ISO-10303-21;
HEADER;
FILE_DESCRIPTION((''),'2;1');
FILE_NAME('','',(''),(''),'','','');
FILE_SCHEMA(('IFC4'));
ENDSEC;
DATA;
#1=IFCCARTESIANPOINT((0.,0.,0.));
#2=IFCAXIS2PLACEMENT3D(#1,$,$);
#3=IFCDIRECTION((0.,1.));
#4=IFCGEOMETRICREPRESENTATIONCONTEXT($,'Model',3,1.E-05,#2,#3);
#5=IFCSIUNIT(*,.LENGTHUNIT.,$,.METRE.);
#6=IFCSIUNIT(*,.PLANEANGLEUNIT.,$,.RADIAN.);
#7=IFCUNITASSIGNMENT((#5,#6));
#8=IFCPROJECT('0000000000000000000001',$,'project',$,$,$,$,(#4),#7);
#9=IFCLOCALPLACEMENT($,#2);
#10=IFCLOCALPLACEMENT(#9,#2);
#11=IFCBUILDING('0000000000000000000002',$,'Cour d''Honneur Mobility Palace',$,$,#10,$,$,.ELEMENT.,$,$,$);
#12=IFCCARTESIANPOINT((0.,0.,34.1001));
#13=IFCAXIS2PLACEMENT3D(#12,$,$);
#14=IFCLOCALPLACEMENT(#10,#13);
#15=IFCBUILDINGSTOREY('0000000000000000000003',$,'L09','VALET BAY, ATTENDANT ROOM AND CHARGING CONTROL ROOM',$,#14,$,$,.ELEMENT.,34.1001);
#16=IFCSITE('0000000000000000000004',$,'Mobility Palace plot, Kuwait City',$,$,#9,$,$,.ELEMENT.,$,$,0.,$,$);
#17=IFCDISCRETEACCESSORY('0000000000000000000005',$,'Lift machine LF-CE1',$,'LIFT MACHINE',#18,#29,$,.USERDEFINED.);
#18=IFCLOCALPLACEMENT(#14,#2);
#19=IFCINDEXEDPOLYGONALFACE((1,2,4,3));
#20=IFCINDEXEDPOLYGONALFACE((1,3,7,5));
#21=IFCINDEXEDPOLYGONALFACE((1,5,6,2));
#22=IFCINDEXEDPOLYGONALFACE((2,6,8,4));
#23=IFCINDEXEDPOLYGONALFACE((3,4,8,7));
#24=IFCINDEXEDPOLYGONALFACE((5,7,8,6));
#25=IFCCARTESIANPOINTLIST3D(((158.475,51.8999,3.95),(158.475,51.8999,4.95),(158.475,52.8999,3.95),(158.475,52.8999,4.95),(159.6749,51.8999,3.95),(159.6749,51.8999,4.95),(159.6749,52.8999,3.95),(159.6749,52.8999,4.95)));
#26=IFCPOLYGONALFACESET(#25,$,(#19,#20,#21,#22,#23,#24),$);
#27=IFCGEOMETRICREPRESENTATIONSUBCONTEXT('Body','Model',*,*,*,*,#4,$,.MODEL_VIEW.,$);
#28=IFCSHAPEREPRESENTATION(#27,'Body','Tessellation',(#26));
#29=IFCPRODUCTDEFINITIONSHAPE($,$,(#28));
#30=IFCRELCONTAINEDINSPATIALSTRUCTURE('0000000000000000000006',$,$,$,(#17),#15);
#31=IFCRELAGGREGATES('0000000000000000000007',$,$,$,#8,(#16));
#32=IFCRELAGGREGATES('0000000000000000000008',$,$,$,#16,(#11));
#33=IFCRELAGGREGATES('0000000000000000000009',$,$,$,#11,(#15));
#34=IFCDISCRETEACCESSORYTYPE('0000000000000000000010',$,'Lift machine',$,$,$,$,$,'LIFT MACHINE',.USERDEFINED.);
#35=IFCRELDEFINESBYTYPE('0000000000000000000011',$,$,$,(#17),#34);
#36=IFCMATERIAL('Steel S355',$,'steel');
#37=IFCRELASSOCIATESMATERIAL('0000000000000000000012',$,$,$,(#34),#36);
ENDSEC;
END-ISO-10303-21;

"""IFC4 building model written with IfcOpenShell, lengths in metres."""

from ifc_helpers import new_model, si_unit, direction, frame, origin, origin_2d, place, context, subcontext, project, spatial, rectangle, extrude, material, type_object, element, save


model = new_model("IFC4")

# Units and contexts
model_context = context("Model", 3, precision=1e-05, world=origin(), true_north=direction((0.0, 1.0)))
body_context = subcontext(model_context, "Body", "Model", "MODEL_VIEW")
ifc_project = project(units=[si_unit("LENGTHUNIT", "METRE"), si_unit("PLANEANGLEUNIT", "RADIAN")], contexts=[model_context])

# Site, building, storey
site_placement = place(None, origin())
site = spatial("IfcSite", under=ifc_project, at=site_placement, Name="Mobility Palace plot, Kuwait City", CompositionType="ELEMENT", RefElevation=0.0)
building_placement = place(site_placement, origin())
building = spatial("IfcBuilding", under=site, at=building_placement, Name="Cour d'Honneur Mobility Palace", CompositionType="ELEMENT")
storey_placement = place(building_placement, frame((0.0, 0.0, 34.1001)))
storey = spatial("IfcBuildingStorey", under=building, at=storey_placement, Name="L09", Description="VALET BAY, ATTENDANT ROOM AND CHARGING CONTROL ROOM", CompositionType="ELEMENT", Elevation=34.1001)

# Discrete accessory
ifc_material_1 = material(Name="Steel S355", Category="steel")
discrete_accessory_type = type_object("IfcDiscreteAccessoryType", Name="Lift machine", ElementType="LIFT MACHINE", PredefinedType="USERDEFINED", material=ifc_material_1)
discrete_accessory_placement = place(storey_placement, frame((159.075, 52.3999, 3.95), z_axis=(0.0, 0.0, 1.0), x_axis=(1.0, 0.0, 0.0)))
element("IfcDiscreteAccessory", 1, at=discrete_accessory_placement, inside=storey, type_object=discrete_accessory_type, Name="Lift machine LF-CE1", ObjectType="LIFT MACHINE", PredefinedType="USERDEFINED", context=body_context, shape_type="SweptSolid", body=[
    extrude(rectangle(XDim=1.2, YDim=1.0, at=origin_2d()), origin(), (0.0, 0.0, 1.0), 1.0),
])

save(model, "model.ifc")
